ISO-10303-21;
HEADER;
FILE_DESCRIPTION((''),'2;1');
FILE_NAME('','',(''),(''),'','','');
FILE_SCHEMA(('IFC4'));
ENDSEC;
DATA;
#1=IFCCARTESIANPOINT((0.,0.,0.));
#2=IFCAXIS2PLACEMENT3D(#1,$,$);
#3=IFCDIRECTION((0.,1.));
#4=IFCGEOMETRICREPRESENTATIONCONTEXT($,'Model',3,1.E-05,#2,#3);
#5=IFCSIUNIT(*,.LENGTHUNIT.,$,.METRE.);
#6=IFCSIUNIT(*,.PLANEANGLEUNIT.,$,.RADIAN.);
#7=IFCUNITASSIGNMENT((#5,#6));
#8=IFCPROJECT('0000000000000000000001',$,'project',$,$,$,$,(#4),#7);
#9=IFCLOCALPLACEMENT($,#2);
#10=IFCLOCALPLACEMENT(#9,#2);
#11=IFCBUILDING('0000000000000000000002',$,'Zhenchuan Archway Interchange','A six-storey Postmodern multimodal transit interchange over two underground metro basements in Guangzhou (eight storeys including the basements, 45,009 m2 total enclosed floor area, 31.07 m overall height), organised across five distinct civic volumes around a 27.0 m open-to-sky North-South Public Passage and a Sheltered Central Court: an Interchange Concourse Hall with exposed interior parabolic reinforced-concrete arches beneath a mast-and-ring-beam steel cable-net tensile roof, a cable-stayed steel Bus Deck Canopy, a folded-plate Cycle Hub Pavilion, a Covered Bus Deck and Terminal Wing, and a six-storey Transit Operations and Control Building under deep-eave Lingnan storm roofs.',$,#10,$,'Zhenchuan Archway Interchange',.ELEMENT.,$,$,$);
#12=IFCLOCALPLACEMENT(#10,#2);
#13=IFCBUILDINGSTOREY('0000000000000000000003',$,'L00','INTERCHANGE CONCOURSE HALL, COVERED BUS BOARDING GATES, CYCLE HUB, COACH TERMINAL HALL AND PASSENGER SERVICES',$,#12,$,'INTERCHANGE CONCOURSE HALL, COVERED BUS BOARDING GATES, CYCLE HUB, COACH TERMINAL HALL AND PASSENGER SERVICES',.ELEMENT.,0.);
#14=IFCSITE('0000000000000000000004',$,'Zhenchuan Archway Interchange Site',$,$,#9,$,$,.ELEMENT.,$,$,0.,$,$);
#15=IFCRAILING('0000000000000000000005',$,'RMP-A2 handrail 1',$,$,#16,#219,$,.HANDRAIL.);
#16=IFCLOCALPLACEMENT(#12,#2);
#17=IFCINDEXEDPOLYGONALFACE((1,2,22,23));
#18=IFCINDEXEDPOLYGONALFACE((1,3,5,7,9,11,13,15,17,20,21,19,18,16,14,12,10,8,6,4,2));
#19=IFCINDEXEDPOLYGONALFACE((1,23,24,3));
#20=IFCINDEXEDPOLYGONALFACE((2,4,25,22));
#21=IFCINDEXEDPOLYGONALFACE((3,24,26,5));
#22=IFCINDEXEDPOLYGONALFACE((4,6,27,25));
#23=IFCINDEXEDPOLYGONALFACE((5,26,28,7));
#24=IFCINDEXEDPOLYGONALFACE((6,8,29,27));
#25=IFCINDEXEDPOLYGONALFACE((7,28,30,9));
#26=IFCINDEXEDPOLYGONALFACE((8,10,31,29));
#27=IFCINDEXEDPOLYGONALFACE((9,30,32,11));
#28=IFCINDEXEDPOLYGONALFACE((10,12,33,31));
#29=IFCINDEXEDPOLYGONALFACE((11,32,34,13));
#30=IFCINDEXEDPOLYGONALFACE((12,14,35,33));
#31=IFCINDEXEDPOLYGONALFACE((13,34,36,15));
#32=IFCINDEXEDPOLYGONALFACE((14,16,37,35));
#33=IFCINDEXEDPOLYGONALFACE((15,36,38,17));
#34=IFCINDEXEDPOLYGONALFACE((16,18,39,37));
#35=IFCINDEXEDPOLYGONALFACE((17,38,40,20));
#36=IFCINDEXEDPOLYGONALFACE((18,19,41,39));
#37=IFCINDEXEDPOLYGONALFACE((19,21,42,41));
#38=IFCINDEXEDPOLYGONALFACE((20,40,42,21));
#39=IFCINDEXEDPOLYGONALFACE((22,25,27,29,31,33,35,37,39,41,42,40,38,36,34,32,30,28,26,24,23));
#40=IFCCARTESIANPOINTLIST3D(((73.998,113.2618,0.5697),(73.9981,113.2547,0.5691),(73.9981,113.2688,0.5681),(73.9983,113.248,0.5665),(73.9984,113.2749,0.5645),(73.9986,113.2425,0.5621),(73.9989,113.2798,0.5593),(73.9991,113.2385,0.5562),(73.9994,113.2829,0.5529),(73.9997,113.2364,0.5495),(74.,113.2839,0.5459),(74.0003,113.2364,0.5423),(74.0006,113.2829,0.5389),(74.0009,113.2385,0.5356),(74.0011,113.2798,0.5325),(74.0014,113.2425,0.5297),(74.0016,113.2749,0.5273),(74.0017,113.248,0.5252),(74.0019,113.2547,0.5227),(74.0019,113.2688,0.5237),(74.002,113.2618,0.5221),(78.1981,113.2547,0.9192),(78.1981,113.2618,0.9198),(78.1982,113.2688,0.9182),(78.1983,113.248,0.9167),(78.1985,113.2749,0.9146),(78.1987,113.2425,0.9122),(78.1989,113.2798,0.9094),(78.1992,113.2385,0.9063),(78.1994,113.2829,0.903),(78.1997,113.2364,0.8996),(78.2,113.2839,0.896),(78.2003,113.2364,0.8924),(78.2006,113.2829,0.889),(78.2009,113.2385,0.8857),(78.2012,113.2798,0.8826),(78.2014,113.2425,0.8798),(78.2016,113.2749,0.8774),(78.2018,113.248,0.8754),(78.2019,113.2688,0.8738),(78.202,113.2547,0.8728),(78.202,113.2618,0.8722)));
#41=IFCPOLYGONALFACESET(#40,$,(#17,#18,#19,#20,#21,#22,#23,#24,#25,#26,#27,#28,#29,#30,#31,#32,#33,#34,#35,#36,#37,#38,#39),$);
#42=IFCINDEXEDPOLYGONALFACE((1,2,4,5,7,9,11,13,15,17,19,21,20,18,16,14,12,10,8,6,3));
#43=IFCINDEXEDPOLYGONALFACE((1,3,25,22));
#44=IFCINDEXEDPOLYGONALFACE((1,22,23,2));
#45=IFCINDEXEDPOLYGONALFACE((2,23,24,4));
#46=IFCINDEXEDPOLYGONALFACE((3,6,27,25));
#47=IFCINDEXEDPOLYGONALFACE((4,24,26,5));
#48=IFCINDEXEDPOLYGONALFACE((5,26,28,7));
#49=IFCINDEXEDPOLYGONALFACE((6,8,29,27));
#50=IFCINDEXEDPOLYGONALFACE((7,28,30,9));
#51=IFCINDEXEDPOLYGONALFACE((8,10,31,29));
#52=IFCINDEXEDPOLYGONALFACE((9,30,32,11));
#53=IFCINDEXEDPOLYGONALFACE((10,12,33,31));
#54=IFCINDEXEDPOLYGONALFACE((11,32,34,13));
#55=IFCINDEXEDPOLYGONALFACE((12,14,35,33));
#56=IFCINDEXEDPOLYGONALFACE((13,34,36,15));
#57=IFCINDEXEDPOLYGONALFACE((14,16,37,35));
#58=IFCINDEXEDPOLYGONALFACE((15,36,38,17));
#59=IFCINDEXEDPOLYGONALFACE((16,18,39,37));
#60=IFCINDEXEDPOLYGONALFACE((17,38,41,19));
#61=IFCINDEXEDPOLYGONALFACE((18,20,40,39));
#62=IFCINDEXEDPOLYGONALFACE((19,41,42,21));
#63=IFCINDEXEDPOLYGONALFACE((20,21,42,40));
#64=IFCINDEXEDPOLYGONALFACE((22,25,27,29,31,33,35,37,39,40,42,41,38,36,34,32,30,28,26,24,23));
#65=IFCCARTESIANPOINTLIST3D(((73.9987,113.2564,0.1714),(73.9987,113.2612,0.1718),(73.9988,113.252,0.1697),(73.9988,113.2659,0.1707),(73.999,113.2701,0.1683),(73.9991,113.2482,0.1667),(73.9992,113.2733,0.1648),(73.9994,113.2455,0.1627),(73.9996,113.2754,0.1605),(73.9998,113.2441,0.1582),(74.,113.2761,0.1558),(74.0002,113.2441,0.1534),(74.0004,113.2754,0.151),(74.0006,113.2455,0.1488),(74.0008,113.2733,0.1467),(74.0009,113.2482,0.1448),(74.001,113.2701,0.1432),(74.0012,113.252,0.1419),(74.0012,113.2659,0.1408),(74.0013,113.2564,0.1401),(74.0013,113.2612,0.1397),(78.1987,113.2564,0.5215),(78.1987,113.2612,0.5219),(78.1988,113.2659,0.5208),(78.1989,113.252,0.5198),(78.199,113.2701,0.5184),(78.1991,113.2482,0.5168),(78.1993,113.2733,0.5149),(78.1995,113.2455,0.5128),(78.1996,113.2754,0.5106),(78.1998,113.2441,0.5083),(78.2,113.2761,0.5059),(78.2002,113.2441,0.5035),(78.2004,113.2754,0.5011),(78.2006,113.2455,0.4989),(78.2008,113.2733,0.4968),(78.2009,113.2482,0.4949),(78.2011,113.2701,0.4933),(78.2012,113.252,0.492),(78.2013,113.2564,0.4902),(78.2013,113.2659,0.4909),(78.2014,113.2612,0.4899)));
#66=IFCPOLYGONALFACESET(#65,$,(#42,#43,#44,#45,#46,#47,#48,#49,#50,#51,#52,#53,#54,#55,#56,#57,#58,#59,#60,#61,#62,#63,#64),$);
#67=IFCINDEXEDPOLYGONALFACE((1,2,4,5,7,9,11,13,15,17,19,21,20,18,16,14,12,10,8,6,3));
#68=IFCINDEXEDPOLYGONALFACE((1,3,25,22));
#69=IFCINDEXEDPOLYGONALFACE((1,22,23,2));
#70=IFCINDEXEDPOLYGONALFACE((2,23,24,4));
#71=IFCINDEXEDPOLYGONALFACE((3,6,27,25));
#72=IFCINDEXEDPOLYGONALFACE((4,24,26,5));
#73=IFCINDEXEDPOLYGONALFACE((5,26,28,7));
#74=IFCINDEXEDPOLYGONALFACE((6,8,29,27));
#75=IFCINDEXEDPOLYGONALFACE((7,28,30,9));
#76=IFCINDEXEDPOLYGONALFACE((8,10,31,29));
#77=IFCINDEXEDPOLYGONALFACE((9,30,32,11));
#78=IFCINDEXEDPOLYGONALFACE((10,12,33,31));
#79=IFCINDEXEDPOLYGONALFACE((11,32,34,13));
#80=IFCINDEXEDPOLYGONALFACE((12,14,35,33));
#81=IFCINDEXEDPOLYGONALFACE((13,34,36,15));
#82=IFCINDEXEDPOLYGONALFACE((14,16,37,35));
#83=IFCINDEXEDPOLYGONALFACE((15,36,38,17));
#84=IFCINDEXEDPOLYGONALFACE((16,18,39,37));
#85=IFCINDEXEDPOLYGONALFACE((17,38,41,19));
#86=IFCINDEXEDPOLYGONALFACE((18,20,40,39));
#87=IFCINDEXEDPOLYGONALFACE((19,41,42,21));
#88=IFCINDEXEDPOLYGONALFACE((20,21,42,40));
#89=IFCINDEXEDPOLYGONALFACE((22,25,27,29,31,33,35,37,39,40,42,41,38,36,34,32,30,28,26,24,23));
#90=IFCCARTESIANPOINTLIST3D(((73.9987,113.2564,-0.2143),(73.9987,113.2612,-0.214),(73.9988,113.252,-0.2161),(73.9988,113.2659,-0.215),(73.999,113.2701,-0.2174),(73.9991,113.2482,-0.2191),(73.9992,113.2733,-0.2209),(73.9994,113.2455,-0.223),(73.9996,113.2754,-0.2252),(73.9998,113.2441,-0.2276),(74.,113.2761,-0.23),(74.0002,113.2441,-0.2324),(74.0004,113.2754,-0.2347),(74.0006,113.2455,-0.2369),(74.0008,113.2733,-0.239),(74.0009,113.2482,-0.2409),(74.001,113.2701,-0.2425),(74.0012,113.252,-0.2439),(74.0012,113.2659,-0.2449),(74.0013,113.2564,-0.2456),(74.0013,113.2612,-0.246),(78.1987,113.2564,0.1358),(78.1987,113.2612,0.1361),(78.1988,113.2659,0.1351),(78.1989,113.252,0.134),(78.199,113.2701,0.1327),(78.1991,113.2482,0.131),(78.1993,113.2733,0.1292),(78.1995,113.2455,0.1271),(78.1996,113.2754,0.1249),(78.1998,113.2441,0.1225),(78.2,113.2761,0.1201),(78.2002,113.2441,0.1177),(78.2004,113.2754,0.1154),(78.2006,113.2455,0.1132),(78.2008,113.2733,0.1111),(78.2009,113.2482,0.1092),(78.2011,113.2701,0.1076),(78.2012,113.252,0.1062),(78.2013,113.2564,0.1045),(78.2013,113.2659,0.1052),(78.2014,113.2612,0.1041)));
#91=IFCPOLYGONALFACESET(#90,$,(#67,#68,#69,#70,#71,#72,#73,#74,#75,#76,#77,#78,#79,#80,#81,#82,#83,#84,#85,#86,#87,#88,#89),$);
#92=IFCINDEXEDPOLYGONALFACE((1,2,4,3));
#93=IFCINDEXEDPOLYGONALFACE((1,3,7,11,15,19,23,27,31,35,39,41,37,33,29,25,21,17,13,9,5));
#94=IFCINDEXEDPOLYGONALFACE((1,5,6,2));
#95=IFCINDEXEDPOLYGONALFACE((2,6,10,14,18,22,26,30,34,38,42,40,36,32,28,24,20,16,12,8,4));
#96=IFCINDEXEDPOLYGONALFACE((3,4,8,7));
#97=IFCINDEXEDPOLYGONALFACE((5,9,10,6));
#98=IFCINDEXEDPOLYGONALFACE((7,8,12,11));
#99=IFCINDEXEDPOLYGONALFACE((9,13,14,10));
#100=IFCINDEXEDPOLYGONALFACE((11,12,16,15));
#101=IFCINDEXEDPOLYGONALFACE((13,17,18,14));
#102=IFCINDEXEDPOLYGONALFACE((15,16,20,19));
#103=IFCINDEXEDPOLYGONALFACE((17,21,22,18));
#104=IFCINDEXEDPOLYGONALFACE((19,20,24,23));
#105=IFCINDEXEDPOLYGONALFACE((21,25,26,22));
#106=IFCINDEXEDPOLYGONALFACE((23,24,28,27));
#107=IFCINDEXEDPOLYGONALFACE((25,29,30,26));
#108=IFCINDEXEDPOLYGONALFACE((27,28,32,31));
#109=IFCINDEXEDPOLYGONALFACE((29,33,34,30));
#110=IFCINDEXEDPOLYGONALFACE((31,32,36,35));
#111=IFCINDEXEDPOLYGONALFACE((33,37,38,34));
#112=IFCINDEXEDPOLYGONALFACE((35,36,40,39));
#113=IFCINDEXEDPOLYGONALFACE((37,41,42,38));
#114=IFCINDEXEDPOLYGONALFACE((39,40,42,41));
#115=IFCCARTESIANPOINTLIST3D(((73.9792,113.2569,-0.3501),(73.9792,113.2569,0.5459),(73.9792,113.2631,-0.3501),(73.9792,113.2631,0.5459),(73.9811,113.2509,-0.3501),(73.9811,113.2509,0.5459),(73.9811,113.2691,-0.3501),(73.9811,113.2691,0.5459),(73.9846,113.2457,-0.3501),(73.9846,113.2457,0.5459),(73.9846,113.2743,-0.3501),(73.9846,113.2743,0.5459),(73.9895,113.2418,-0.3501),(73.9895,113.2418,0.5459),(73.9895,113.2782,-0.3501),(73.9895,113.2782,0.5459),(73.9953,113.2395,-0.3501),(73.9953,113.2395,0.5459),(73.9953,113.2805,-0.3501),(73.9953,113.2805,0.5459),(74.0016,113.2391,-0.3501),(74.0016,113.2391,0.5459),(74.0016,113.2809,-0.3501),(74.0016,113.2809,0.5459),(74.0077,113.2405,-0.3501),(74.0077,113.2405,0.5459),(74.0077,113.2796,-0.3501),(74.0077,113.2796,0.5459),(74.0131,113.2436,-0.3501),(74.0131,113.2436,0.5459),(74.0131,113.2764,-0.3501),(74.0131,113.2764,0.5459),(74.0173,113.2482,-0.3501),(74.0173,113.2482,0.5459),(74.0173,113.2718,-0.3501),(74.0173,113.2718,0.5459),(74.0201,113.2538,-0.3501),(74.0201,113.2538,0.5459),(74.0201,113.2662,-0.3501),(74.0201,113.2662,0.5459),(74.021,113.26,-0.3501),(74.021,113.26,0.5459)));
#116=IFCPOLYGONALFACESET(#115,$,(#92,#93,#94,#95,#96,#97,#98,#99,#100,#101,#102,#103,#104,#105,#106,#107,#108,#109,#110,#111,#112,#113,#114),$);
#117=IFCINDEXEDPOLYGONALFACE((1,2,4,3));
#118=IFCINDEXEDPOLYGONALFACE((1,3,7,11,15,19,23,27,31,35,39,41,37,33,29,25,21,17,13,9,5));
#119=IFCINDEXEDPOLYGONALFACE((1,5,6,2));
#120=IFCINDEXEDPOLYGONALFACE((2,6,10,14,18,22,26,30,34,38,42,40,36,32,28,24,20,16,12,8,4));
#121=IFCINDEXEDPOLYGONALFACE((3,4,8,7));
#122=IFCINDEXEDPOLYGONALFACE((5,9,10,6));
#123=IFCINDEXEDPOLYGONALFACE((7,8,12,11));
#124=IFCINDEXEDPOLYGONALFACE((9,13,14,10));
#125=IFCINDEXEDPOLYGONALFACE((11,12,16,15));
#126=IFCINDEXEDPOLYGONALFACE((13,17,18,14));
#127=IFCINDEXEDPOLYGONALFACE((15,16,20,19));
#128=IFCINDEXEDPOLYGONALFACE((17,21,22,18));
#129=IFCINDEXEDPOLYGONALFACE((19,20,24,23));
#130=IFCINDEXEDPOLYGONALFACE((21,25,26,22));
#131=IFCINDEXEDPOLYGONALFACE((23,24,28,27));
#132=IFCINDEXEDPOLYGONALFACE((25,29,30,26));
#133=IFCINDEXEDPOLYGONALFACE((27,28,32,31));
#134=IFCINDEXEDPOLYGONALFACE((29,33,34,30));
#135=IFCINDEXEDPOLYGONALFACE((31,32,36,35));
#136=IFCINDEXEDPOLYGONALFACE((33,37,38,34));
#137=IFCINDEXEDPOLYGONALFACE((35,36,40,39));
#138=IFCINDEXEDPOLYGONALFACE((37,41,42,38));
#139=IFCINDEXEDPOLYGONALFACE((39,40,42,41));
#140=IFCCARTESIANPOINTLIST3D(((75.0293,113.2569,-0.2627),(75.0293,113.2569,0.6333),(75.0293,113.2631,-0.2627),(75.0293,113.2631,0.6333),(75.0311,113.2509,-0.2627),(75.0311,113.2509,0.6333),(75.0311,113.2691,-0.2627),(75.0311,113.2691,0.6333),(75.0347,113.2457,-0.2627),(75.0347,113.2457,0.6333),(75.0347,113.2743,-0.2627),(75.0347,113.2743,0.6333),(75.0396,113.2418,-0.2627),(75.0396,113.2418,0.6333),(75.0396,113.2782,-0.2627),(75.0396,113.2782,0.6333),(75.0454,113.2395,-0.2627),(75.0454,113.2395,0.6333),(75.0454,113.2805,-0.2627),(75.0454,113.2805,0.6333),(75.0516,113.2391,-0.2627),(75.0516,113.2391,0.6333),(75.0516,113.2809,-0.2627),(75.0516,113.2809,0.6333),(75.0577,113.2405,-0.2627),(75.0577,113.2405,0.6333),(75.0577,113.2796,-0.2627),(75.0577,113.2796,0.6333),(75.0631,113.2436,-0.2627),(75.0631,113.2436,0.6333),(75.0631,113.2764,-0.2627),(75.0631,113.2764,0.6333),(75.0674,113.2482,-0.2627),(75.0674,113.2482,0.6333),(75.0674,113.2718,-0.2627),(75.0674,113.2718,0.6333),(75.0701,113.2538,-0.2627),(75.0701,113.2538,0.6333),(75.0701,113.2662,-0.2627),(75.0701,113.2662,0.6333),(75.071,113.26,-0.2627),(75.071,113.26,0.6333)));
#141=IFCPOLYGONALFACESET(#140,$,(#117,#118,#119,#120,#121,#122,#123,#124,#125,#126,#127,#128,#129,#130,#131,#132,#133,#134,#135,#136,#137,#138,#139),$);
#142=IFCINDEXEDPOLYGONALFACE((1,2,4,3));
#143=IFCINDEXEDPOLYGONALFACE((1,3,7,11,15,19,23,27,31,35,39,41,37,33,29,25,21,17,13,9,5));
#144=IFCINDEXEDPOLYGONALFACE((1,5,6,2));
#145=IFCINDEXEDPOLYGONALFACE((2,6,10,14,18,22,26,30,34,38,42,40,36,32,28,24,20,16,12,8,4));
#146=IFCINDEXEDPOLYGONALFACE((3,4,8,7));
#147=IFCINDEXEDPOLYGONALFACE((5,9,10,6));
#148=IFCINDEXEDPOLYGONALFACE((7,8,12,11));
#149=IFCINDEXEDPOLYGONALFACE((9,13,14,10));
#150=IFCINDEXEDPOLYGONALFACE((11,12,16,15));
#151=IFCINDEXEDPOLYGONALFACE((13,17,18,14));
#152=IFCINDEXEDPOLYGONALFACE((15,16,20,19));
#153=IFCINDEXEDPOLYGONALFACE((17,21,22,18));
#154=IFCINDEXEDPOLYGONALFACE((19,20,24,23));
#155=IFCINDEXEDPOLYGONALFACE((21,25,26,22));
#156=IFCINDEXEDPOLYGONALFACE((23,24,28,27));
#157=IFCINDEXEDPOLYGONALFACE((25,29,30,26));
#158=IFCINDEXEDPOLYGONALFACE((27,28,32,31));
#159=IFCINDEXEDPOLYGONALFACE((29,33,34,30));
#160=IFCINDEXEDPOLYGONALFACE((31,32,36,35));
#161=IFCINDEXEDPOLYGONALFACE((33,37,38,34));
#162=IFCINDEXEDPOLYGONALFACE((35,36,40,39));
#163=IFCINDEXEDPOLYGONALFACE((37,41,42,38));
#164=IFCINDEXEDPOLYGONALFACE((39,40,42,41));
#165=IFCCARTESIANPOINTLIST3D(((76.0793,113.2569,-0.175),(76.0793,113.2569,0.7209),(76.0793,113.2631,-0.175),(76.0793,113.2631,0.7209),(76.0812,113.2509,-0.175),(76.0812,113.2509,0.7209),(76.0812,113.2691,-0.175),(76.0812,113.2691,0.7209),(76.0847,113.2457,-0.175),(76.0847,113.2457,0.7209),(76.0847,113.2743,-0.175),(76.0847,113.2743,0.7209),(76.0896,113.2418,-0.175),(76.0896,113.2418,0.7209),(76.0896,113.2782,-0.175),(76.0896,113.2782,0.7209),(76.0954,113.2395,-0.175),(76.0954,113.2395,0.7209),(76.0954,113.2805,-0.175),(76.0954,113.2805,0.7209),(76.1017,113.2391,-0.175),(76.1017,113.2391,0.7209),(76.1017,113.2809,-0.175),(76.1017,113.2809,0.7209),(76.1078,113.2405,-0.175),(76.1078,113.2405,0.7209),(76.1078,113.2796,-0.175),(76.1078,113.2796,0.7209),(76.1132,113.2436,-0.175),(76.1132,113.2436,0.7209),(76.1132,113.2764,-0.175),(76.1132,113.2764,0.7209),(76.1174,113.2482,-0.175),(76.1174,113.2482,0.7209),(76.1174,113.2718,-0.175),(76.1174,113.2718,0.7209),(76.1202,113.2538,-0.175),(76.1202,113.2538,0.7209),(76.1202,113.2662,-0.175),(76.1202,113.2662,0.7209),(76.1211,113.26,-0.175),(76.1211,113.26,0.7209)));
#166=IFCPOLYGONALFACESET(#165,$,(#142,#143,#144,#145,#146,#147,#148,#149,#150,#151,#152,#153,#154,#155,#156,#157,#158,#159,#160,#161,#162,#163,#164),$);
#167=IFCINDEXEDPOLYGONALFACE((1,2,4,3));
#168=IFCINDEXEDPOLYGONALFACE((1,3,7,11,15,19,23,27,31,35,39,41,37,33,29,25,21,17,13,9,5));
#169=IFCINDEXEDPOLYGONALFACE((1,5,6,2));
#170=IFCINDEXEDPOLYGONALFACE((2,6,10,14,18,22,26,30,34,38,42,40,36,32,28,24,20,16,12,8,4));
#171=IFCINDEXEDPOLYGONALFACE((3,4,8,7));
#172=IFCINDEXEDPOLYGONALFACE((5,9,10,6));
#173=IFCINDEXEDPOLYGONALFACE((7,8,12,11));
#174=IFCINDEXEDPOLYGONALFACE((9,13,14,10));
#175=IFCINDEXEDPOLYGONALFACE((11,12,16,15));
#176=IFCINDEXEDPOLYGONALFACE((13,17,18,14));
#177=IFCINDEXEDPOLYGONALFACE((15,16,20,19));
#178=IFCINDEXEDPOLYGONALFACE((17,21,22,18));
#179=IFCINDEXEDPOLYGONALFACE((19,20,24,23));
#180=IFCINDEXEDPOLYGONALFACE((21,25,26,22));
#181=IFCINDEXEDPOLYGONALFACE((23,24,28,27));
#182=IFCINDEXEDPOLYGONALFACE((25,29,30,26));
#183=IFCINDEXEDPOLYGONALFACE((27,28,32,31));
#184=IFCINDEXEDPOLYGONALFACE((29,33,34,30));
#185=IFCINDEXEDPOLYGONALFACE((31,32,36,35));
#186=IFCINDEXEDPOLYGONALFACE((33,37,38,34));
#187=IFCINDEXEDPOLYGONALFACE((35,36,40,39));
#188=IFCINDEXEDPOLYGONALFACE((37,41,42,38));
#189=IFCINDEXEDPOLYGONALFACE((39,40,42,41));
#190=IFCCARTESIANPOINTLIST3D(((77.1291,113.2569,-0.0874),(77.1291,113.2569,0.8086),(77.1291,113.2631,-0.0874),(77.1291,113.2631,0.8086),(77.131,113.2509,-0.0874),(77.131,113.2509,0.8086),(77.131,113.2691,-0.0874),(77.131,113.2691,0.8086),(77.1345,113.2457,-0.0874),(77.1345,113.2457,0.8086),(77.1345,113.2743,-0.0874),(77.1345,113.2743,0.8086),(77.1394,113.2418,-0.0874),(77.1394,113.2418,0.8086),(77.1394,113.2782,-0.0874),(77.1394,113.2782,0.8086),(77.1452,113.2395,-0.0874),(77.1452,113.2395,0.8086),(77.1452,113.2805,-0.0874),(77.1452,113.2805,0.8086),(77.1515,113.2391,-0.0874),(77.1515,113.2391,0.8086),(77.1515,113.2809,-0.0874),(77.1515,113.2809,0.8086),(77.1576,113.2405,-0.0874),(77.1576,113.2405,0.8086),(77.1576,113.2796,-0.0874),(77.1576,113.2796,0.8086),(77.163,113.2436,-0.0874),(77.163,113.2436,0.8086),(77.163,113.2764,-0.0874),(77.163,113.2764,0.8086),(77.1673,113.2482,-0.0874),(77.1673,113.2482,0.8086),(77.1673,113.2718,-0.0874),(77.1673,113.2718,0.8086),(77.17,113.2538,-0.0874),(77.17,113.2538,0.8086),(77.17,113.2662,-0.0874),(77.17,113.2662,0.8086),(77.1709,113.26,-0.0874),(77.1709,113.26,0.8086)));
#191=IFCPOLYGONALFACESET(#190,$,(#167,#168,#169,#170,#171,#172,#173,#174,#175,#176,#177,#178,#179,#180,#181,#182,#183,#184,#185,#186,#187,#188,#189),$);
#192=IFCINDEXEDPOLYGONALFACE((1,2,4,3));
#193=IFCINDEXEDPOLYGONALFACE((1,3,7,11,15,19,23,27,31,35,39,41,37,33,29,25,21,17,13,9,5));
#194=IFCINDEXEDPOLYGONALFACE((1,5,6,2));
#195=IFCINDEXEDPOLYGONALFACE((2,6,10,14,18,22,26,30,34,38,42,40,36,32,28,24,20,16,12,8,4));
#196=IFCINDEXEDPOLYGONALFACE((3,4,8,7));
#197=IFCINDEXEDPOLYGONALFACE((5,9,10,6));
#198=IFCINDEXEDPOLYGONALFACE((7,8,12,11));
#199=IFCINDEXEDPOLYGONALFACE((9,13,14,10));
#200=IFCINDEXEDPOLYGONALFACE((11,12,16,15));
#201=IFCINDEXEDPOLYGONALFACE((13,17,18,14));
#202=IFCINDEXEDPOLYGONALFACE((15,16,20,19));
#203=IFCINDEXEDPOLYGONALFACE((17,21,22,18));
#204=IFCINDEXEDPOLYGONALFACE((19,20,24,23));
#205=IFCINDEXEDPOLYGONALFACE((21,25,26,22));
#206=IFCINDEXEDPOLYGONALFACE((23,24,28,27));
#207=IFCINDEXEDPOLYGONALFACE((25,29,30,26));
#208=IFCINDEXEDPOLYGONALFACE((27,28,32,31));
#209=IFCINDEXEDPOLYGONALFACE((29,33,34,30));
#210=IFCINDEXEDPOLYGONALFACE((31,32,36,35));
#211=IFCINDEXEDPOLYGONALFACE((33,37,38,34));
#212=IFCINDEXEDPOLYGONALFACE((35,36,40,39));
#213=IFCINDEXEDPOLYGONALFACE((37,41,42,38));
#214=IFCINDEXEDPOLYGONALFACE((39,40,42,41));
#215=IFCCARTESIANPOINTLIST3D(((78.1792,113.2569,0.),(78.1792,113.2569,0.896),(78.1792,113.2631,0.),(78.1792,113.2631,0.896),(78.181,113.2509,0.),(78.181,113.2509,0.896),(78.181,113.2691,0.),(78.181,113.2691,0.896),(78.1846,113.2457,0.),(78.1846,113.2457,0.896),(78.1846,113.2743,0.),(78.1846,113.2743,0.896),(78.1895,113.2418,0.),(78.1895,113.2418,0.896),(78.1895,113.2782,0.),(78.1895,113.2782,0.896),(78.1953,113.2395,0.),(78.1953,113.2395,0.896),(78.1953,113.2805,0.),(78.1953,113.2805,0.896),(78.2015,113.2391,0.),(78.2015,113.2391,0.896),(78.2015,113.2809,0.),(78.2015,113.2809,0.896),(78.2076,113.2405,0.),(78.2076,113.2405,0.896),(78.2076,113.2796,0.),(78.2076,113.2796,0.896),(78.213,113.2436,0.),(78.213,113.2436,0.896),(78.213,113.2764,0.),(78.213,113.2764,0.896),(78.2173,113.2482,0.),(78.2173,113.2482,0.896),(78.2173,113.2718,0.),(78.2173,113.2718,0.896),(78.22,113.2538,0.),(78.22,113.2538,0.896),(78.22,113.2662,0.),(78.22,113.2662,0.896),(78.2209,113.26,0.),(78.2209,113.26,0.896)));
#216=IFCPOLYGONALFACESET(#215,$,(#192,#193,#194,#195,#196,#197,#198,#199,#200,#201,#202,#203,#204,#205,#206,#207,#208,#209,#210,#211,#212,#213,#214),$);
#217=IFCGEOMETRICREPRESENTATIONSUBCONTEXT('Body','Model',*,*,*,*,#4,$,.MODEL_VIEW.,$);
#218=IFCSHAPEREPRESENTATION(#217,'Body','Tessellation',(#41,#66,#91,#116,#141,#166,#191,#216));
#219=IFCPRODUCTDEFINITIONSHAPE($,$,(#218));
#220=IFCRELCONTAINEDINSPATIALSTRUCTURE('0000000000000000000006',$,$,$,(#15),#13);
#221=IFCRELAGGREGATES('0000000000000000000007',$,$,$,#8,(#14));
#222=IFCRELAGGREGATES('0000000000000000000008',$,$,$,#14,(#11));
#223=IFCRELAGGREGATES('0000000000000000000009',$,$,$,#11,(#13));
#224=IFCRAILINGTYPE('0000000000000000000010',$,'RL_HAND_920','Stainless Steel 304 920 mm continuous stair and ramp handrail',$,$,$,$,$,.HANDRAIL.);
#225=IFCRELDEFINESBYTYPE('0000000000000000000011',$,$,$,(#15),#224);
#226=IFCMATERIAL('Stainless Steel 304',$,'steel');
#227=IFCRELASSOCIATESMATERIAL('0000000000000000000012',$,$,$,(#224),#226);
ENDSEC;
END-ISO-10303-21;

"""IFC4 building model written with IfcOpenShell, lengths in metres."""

from ifc_helpers import new_model, si_unit, direction, frame, origin, origin_2d, place, context, subcontext, project, spatial, circle, extrude, material, type_object, element, save


model = new_model("IFC4")

# Units and contexts
model_context = context("Model", 3, precision=1e-05, world=origin(), true_north=direction((0.0, 1.0)))
body_context = subcontext(model_context, "Body", "Model", "MODEL_VIEW")
ifc_project = project(units=[si_unit("LENGTHUNIT", "METRE"), si_unit("PLANEANGLEUNIT", "RADIAN")], contexts=[model_context])

# Site, building, storey
site_placement = place(None, origin())
site = spatial("IfcSite", under=ifc_project, at=site_placement, Name="Zhenchuan Archway Interchange Site", CompositionType="ELEMENT", RefElevation=0.0)
building_placement = place(site_placement, origin())
building = spatial("IfcBuilding", under=site, at=building_placement, Name="Zhenchuan Archway Interchange", Description="A six-storey Postmodern multimodal transit interchange over two underground metro basements in Guangzhou (eight storeys including the basements, 45,009 m2 total enclosed floor area, 31.07 m overall height), organised across five distinct civic volumes around a 27.0 m open-to-sky North-South Public Passage and a Sheltered Central Court: an Interchange Concourse Hall with exposed interior parabolic reinforced-concrete arches beneath a mast-and-ring-beam steel cable-net tensile roof, a cable-stayed steel Bus Deck Canopy, a folded-plate Cycle Hub Pavilion, a Covered Bus Deck and Terminal Wing, and a six-storey Transit Operations and Control Building under deep-eave Lingnan storm roofs.", LongName="Zhenchuan Archway Interchange", CompositionType="ELEMENT")
storey_placement = place(building_placement, origin())
storey = spatial("IfcBuildingStorey", under=building, at=storey_placement, Name="L00", Description="INTERCHANGE CONCOURSE HALL, COVERED BUS BOARDING GATES, CYCLE HUB, COACH TERMINAL HALL AND PASSENGER SERVICES", LongName="INTERCHANGE CONCOURSE HALL, COVERED BUS BOARDING GATES, CYCLE HUB, COACH TERMINAL HALL AND PASSENGER SERVICES", CompositionType="ELEMENT", Elevation=0.0)

# Railing
ifc_material_1 = material(Name="Stainless Steel 304", Category="steel")
railing_type = type_object("IfcRailingType", Name="RL_HAND_920", Description="Stainless Steel 304 920 mm continuous stair and ramp handrail", PredefinedType="HANDRAIL", material=ifc_material_1)
railing_placement = place(storey_placement, frame((74.0, 113.26, -0.3501)))
element("IfcRailing", 1, at=railing_placement, inside=storey, type_object=railing_type, Name="RMP-A2 handrail 1", PredefinedType="HANDRAIL", context=body_context, shape_type="SweptSolid", body=[
    extrude(circle(Radius=0.0239, at=origin_2d()), frame((0.0, 0.0, 0.896), z_axis=(0.996544, 0.0, 0.083069), x_axis=(0.0, 1.0, 0.0)), (0.0, 0.0, 1.0), 4.2146),
    extrude(circle(Radius=0.0161, at=origin_2d()), frame((0.0, 0.0, 0.5059), z_axis=(0.996544, 0.0, 0.083069), x_axis=(0.0, 1.0, 0.0)), (0.0, 0.0, 1.0), 4.2146),
    extrude(circle(Radius=0.0161, at=origin_2d()), frame((0.0, 0.0, 0.1201), z_axis=(0.996544, 0.0, 0.083069), x_axis=(0.0, 1.0, 0.0)), (0.0, 0.0, 1.0), 4.2146),
    extrude(circle(Radius=0.021, at=origin_2d()), origin(), (0.0, 0.0, 1.0), 0.896),
    extrude(circle(Radius=0.021, at=origin_2d()), frame((1.05, 0.0, 0.0874)), (0.0, 0.0, 1.0), 0.896),
    extrude(circle(Radius=0.021, at=origin_2d()), frame((2.1001, 0.0, 0.175)), (0.0, 0.0, 1.0), 0.896),
    extrude(circle(Radius=0.021, at=origin_2d()), frame((3.1499, 0.0, 0.2627)), (0.0, 0.0, 1.0), 0.896),
    extrude(circle(Radius=0.021, at=origin_2d()), frame((4.2, 0.0, 0.3501)), (0.0, 0.0, 1.0), 0.896),
])

save(model, "model.ifc")
